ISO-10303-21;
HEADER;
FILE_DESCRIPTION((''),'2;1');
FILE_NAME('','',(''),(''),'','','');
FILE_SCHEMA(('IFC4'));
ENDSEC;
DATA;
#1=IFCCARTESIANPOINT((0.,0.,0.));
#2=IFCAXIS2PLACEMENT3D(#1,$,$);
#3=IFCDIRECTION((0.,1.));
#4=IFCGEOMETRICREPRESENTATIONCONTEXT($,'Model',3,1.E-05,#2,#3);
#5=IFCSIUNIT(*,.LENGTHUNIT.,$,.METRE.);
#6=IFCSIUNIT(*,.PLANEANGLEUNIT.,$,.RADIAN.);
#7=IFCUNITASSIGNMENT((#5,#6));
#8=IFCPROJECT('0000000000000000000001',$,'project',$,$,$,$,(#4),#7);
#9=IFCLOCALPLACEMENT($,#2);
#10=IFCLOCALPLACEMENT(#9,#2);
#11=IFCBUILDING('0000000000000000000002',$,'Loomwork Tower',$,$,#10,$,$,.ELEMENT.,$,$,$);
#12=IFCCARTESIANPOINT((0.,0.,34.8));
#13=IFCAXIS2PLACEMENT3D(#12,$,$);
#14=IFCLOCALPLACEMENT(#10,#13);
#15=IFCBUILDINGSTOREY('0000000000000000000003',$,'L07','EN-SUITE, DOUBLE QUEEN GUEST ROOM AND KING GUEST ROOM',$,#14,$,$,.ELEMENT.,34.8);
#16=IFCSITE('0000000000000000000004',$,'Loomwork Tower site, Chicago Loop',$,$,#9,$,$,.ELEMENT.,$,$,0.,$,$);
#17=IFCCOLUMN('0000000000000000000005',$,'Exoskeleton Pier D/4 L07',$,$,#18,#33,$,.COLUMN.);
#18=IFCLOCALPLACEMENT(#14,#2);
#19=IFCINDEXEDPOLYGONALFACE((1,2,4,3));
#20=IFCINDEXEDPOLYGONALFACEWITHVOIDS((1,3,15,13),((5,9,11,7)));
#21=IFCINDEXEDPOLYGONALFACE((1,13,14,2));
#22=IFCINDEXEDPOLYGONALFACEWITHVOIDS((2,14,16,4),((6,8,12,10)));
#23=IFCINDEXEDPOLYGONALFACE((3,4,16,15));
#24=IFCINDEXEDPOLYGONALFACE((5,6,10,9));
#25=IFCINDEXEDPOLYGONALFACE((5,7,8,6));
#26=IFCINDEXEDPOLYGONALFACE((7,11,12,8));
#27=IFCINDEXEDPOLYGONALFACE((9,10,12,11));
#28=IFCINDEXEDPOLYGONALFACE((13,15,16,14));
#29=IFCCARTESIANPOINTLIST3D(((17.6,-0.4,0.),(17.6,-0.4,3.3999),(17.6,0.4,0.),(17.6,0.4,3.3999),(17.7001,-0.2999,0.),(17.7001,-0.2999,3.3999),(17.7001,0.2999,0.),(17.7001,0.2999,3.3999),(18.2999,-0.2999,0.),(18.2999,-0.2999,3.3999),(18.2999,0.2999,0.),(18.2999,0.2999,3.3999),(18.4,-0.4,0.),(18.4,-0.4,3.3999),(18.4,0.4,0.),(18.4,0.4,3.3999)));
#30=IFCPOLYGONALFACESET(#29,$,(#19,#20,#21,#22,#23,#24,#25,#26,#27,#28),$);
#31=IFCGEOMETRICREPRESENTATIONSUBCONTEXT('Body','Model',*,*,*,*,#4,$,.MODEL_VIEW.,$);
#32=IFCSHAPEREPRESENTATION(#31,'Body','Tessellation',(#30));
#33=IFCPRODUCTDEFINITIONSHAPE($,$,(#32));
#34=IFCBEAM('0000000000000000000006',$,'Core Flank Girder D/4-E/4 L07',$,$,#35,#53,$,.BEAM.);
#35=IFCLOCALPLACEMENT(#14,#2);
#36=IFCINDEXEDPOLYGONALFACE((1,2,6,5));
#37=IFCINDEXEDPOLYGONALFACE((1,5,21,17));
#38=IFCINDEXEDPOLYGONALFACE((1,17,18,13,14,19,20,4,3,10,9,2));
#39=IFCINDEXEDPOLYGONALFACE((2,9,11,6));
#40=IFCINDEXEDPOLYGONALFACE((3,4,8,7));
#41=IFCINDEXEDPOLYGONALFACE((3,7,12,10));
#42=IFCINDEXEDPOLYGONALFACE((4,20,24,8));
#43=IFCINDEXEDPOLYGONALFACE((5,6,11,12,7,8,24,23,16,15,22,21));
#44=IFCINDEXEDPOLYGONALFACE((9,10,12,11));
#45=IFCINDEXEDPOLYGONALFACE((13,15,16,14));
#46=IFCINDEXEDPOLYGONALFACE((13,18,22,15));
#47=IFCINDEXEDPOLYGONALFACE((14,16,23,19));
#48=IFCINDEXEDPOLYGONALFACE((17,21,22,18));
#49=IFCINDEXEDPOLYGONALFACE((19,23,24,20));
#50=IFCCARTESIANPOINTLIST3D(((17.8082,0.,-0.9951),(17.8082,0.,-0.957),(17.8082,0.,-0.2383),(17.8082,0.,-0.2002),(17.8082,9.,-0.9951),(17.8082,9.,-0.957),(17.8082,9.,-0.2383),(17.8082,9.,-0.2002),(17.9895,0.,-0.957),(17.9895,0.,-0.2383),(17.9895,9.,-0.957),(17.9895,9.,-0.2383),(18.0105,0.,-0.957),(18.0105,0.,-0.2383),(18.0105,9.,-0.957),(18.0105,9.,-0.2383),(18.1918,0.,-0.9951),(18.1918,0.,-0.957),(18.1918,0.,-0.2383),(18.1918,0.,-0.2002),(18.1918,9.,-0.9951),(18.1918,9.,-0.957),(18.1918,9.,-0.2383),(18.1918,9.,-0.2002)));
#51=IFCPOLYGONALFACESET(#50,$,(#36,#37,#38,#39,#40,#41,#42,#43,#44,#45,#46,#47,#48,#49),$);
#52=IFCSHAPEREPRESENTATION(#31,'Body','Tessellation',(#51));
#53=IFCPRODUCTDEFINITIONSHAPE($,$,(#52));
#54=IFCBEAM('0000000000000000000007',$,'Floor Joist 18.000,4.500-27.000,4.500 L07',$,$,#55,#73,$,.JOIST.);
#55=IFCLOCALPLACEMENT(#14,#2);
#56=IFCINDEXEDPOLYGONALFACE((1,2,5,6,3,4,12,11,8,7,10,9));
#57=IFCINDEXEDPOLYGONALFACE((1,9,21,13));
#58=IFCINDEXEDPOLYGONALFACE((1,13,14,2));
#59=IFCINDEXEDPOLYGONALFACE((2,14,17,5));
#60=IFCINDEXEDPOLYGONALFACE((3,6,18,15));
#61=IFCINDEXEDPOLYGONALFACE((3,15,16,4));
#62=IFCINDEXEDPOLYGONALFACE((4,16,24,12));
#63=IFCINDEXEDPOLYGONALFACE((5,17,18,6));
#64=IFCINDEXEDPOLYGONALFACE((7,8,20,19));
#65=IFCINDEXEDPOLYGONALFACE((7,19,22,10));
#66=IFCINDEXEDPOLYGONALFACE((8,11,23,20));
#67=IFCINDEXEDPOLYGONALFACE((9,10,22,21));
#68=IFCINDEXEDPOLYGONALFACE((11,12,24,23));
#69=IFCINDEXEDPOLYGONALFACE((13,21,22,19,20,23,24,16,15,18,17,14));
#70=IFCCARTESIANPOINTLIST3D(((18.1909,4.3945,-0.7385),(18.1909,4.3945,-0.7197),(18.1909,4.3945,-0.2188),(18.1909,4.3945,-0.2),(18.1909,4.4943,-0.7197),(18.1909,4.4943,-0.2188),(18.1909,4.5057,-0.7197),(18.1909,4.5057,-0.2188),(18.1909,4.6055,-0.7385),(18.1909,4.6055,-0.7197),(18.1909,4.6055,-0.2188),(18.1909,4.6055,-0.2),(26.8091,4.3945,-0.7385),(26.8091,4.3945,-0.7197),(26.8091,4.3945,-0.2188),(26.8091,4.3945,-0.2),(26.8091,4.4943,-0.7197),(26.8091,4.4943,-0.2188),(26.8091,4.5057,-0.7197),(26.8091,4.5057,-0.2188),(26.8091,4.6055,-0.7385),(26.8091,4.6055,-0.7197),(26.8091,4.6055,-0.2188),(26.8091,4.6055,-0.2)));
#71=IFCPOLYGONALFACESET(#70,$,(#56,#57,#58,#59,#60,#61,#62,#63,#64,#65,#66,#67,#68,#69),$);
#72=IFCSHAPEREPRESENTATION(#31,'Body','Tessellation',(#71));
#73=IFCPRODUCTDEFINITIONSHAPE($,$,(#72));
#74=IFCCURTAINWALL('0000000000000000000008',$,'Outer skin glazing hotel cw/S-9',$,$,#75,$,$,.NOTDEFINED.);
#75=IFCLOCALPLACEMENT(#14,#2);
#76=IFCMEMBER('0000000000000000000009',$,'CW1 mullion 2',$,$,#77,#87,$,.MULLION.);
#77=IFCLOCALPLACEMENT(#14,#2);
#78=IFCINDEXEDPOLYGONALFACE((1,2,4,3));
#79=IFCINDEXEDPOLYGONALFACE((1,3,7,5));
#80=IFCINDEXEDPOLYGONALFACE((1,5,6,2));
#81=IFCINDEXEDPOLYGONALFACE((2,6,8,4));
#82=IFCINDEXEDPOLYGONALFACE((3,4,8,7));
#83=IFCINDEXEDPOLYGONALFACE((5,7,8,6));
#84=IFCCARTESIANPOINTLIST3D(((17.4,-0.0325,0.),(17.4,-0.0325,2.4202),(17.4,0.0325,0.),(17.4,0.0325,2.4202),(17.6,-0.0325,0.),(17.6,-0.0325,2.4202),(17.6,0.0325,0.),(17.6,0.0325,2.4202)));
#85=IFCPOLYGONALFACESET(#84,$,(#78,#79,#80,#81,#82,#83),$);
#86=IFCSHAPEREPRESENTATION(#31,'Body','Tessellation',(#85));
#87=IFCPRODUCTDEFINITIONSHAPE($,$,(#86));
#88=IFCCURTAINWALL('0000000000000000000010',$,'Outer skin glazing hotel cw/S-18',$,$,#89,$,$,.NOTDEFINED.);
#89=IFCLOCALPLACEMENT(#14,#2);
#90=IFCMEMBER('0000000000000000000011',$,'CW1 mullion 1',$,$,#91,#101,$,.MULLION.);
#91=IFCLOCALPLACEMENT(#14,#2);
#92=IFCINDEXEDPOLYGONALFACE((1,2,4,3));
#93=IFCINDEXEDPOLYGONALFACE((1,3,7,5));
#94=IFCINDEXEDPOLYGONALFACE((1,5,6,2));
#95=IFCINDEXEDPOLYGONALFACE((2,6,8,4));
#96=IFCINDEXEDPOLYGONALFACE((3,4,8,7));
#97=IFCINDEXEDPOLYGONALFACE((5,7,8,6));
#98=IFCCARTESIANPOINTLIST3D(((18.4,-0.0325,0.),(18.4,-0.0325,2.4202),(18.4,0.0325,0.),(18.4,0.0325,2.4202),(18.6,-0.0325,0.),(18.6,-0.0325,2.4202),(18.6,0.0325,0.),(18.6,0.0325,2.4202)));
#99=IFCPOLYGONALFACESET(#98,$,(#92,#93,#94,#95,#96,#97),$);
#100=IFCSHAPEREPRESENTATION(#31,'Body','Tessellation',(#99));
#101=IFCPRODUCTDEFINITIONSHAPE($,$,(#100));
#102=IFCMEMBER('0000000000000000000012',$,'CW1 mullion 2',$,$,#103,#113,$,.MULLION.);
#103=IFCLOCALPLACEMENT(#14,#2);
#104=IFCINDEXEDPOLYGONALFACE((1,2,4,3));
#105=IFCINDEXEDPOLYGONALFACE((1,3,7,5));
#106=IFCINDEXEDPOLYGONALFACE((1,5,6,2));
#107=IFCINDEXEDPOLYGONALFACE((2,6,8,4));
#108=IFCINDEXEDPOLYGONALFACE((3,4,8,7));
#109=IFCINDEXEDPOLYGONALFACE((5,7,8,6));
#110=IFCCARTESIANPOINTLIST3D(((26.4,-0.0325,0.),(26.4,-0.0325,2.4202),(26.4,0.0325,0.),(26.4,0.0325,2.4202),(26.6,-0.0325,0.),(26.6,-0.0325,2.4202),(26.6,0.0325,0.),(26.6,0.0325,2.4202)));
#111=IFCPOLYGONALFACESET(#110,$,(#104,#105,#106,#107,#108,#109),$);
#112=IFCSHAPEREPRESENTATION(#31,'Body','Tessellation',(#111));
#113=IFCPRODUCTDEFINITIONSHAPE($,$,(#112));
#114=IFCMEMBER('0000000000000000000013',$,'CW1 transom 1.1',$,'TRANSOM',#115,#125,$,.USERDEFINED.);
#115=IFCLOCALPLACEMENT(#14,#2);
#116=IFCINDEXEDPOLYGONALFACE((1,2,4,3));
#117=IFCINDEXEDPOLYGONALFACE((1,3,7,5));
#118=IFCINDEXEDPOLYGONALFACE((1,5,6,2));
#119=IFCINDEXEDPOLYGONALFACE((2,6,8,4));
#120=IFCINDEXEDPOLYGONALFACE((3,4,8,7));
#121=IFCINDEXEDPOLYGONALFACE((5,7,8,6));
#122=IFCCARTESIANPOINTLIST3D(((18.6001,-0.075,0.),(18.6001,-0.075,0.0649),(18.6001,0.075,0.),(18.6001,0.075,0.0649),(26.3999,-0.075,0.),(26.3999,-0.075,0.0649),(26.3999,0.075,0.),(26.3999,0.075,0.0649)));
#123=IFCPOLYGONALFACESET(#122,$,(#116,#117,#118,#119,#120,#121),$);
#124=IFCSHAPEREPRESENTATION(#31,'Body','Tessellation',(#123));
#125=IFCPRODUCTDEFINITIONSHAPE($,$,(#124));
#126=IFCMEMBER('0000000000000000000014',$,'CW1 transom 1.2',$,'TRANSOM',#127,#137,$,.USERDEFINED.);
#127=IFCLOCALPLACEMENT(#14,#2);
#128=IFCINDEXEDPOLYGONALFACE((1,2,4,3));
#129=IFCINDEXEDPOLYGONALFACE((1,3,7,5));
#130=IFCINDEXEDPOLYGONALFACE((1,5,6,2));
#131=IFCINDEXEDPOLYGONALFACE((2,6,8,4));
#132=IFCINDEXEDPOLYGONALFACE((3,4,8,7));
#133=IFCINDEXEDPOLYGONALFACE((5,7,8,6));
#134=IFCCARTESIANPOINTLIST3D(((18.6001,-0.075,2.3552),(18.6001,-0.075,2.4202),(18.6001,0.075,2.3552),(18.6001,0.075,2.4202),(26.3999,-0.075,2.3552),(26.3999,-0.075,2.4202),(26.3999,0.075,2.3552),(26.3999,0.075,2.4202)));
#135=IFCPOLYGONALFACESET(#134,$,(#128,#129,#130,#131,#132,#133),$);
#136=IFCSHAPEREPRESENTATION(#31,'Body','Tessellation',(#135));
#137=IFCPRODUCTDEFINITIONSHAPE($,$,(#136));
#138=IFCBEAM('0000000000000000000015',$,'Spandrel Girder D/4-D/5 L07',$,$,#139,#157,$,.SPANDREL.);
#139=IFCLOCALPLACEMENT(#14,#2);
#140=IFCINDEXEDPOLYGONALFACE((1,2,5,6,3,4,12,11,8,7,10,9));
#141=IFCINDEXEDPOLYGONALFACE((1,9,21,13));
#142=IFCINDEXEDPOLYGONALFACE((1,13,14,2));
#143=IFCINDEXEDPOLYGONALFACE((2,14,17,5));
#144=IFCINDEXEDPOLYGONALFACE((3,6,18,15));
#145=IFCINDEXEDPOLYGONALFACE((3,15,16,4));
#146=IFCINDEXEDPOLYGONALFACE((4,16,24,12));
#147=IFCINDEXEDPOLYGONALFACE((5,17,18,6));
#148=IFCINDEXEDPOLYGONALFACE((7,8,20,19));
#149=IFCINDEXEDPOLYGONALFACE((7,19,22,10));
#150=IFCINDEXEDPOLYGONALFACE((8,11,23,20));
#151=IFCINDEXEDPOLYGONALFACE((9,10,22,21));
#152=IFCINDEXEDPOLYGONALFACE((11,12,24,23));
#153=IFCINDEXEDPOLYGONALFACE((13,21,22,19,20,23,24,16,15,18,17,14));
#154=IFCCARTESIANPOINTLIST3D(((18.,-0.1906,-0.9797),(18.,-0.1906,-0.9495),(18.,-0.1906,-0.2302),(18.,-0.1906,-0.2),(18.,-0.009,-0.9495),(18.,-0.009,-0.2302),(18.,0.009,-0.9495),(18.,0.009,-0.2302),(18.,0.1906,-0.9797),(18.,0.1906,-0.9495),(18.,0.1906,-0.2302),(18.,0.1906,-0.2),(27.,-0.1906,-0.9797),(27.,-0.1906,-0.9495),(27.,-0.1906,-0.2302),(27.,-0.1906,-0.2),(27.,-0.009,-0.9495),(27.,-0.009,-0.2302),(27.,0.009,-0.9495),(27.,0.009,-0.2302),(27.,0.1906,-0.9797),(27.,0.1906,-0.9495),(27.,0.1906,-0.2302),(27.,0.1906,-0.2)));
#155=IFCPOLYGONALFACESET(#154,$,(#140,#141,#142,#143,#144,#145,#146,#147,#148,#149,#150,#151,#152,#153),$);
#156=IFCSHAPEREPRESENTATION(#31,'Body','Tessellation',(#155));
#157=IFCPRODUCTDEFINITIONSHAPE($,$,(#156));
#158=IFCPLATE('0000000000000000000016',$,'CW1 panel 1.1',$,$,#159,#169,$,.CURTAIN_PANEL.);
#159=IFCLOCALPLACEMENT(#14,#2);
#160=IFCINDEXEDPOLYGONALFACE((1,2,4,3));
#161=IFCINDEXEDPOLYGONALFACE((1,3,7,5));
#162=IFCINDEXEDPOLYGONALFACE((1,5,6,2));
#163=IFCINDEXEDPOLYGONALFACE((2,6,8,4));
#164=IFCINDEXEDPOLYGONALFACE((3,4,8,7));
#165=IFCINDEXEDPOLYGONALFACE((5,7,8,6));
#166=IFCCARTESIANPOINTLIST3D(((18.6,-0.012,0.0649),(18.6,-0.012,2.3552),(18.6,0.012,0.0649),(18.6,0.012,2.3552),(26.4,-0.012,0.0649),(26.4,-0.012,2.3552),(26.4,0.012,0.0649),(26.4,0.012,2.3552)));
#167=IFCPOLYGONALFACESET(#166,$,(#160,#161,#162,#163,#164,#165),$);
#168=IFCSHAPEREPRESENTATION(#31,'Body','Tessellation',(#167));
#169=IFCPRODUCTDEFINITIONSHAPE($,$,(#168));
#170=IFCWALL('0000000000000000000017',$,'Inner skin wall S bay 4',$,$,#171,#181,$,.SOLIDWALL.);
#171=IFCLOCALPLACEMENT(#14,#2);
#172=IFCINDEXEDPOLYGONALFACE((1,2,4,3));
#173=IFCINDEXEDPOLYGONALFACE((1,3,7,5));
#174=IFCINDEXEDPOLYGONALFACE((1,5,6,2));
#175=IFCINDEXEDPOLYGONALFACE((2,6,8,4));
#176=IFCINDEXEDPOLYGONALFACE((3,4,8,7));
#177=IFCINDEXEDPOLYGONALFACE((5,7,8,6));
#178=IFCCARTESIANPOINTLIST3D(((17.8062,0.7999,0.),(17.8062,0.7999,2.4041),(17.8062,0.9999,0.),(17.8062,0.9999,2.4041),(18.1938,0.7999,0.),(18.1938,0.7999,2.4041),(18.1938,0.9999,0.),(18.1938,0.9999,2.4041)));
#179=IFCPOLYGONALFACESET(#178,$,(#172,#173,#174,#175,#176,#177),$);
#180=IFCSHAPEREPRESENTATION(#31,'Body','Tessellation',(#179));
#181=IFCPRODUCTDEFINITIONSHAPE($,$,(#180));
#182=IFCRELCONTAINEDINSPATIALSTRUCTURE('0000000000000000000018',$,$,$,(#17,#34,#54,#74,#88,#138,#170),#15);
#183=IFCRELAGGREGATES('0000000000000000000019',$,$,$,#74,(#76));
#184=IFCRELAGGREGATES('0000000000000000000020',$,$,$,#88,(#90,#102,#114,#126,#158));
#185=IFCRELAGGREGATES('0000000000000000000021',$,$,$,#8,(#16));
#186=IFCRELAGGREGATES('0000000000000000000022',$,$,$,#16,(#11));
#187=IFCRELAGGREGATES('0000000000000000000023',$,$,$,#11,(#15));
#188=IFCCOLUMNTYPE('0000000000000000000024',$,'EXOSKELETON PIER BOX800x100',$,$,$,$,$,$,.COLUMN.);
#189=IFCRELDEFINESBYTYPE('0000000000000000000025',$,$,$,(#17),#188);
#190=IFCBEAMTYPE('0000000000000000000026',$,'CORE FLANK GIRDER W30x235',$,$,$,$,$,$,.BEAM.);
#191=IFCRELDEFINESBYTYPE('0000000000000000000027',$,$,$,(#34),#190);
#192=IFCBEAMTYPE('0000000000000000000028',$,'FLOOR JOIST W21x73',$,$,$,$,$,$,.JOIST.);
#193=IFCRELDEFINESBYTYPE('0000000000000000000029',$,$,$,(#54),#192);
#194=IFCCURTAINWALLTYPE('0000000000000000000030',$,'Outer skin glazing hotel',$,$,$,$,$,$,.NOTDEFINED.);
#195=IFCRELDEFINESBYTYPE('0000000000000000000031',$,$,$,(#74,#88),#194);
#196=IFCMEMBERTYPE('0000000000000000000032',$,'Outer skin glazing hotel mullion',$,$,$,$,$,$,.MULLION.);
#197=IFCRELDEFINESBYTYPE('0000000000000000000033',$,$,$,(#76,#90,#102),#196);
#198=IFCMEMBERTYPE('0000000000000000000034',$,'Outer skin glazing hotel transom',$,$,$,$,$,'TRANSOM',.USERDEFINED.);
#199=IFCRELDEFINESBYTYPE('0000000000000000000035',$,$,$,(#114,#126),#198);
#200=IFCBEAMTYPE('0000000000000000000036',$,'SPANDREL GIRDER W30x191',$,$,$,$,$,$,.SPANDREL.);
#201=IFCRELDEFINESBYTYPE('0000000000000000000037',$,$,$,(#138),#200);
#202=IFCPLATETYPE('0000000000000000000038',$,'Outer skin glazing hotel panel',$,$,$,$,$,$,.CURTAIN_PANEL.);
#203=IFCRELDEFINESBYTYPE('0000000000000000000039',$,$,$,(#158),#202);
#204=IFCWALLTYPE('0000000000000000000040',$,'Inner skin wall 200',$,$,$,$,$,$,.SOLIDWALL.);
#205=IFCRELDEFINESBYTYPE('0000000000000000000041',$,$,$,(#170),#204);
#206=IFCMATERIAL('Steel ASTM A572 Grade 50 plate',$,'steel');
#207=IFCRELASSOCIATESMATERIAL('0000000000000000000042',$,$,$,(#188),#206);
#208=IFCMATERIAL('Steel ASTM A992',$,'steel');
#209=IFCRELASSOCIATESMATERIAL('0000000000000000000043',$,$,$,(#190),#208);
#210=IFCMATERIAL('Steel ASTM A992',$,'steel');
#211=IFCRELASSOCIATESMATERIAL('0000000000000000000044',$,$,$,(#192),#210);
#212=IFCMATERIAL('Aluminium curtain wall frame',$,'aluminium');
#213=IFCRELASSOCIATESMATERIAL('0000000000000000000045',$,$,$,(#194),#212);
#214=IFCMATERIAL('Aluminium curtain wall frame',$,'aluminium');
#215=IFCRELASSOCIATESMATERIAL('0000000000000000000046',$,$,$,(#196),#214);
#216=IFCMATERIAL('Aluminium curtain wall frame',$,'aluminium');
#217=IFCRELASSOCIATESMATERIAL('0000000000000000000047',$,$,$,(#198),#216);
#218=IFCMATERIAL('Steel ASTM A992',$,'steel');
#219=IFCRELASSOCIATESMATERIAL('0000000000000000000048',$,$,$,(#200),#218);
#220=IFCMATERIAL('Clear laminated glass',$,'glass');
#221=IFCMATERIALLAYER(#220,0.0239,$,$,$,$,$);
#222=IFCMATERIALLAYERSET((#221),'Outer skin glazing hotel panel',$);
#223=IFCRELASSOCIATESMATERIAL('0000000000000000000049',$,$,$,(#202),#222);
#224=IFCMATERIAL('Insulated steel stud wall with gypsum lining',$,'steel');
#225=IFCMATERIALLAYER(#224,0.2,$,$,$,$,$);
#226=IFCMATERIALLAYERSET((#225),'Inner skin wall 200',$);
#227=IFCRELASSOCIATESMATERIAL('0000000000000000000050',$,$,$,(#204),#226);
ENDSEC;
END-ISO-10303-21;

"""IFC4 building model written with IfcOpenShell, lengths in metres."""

from ifc_helpers import new_model, si_unit, direction, frame, frame_2d, origin, origin_2d, place, context, subcontext, project, spatial, rectangle, hollow_rectangle, i_section, extrude, material, layer, layer_set, material_profile, profile_set, type_object, element, aggregate, save


model = new_model("IFC4")

# Units and contexts
model_context = context("Model", 3, precision=1e-05, world=origin(), true_north=direction((0.0, 1.0)))
body_context = subcontext(model_context, "Body", "Model", "MODEL_VIEW")
ifc_project = project(units=[si_unit("LENGTHUNIT", "METRE"), si_unit("PLANEANGLEUNIT", "RADIAN")], contexts=[model_context])

# Site, building, storey
site_placement = place(None, origin())
site = spatial("IfcSite", under=ifc_project, at=site_placement, Name="Loomwork Tower site, Chicago Loop", CompositionType="ELEMENT", RefElevation=0.0)
building_placement = place(site_placement, origin())
building = spatial("IfcBuilding", under=site, at=building_placement, Name="Loomwork Tower", CompositionType="ELEMENT")
storey_placement = place(building_placement, frame((0.0, 0.0, 34.8)))
storey = spatial("IfcBuildingStorey", under=building, at=storey_placement, Name="L07", Description="EN-SUITE, DOUBLE QUEEN GUEST ROOM AND KING GUEST ROOM", CompositionType="ELEMENT", Elevation=34.8)

# Column
ifc_material_1 = material(Name="Steel ASTM A572 Grade 50 plate", Category="steel")
ifc_material_profile_1 = material_profile(ifc_material_1, hollow_rectangle(XDim=0.8, YDim=0.8, WallThickness=0.1001, at=origin_2d()), Name="BOX800x100")
ifc_profile_set_1 = profile_set([ifc_material_profile_1], Name="Steel ASTM A572 Grade 50 plate")
column_type = type_object("IfcColumnType", Name="EXOSKELETON PIER BOX800x100", PredefinedType="COLUMN", material=ifc_profile_set_1)
column_placement = place(storey_placement, frame((18.0, 0.0, 0.0), z_axis=(0.0, 0.0, 1.0), x_axis=(1.0, 0.0, 0.0)))
element("IfcColumn", 1, at=column_placement, inside=storey, type_object=column_type, Name="Exoskeleton Pier D/4 L07", PredefinedType="COLUMN", context=body_context, shape_type="SweptSolid", body=[
    extrude(hollow_rectangle(XDim=0.8, YDim=0.8, WallThickness=0.1001, at=origin_2d()), origin(), (0.0, 0.0, 1.0), 3.3999),
])

# Beams
ifc_material_2 = material(Name="Steel ASTM A992", Category="steel")
ifc_material_profile_2 = material_profile(ifc_material_2, i_section(OverallWidth=0.3835, OverallDepth=0.7949, WebThickness=0.021, FlangeThickness=0.0381, at=origin_2d()), Name="W30x235")
ifc_profile_set_2 = profile_set([ifc_material_profile_2], Name="Steel ASTM A992")
beam_type_1 = type_object("IfcBeamType", Name="CORE FLANK GIRDER W30x235", PredefinedType="BEAM", material=ifc_profile_set_2)
beam_1_placement = place(storey_placement, frame((18.0, 0.0, -0.5977), z_axis=(0.0, 1.0, 0.0), x_axis=(-1.0, 0.0, 0.0)))
element("IfcBeam", 2, at=beam_1_placement, inside=storey, type_object=beam_type_1, Name="Core Flank Girder D/4-E/4 L07", PredefinedType="BEAM", context=body_context, shape_type="SweptSolid", body=[
    extrude(i_section(OverallWidth=0.3835, OverallDepth=0.7949, WebThickness=0.021, FlangeThickness=0.0381, at=origin_2d()), origin(), (0.0, 0.0, 1.0), 9.0),
])
ifc_material_3 = material(Name="Steel ASTM A992", Category="steel")
ifc_material_profile_3 = material_profile(ifc_material_3, i_section(OverallWidth=0.2109, OverallDepth=0.5386, WebThickness=0.0115, FlangeThickness=0.0188, at=origin_2d()), Name="W21x73")
ifc_profile_set_3 = profile_set([ifc_material_profile_3], Name="Steel ASTM A992")
beam_type_2 = type_object("IfcBeamType", Name="FLOOR JOIST W21x73", PredefinedType="JOIST", material=ifc_profile_set_3)
beam_2_placement = place(storey_placement, frame((18.1909, 4.5, -0.4692), z_axis=(1.0, 0.0, 0.0), x_axis=(0.0, 1.0, 0.0)))
element("IfcBeam", 3, at=beam_2_placement, inside=storey, type_object=beam_type_2, Name="Floor Joist 18.000,4.500-27.000,4.500 L07", PredefinedType="JOIST", context=body_context, shape_type="SweptSolid", body=[
    extrude(i_section(OverallWidth=0.2109, OverallDepth=0.5386, WebThickness=0.0115, FlangeThickness=0.0188, at=origin_2d()), origin(), (0.0, 0.0, 1.0), 8.6182),
])

# Curtain wall, member
ifc_material_4 = material(Name="Aluminium curtain wall frame", Category="aluminium")
curtain_wall_type = type_object("IfcCurtainWallType", Name="Outer skin glazing hotel", PredefinedType="NOTDEFINED", material=ifc_material_4)
curtain_wall_1_placement = place(storey_placement, origin())
curtain_wall_1 = element("IfcCurtainWall", 4, at=curtain_wall_1_placement, inside=storey, type_object=curtain_wall_type, Name="Outer skin glazing hotel cw/S-9", PredefinedType="NOTDEFINED")
ifc_material_5 = material(Name="Aluminium curtain wall frame", Category="aluminium")
ifc_material_profile_4 = material_profile(ifc_material_5, rectangle(XDim=0.0649, YDim=0.2, at=origin_2d()), Name="AL 65x200")
ifc_profile_set_4 = profile_set([ifc_material_profile_4], Name="Aluminium curtain wall frame")
member_type_1 = type_object("IfcMemberType", Name="Outer skin glazing hotel mullion", PredefinedType="MULLION", material=ifc_profile_set_4)
member_1_placement = place(storey_placement, frame((17.5, 0.0, 0.0), z_axis=(0.0, 0.0, 1.0), x_axis=(0.0, 1.0, 0.0)))
member_1 = element("IfcMember", 5, at=member_1_placement, type_object=member_type_1, Name="CW1 mullion 2", PredefinedType="MULLION", context=body_context, shape_type="SweptSolid", body=[
    extrude(rectangle(XDim=0.0649, YDim=0.2, at=origin_2d()), origin(), (0.0, 0.0, 1.0), 2.4202),
])
aggregate(curtain_wall_1, [member_1])

# Curtain wall, members
curtain_wall_2_placement = place(storey_placement, origin())
curtain_wall_2 = element("IfcCurtainWall", 6, at=curtain_wall_2_placement, inside=storey, type_object=curtain_wall_type, Name="Outer skin glazing hotel cw/S-18", PredefinedType="NOTDEFINED")
member_2_placement = place(storey_placement, frame((18.5, 0.0, 0.0), z_axis=(0.0, 0.0, 1.0), x_axis=(0.0, 1.0, 0.0)))
member_2 = element("IfcMember", 7, at=member_2_placement, type_object=member_type_1, Name="CW1 mullion 1", PredefinedType="MULLION", context=body_context, shape_type="SweptSolid", body=[
    extrude(rectangle(XDim=0.0649, YDim=0.2, at=origin_2d()), origin(), (0.0, 0.0, 1.0), 2.4202),
])
member_3_placement = place(storey_placement, frame((26.5, 0.0, 0.0), z_axis=(0.0, 0.0, 1.0), x_axis=(0.0, 1.0, 0.0)))
member_3 = element("IfcMember", 8, at=member_3_placement, type_object=member_type_1, Name="CW1 mullion 2", PredefinedType="MULLION", context=body_context, shape_type="SweptSolid", body=[
    extrude(rectangle(XDim=0.0649, YDim=0.2, at=origin_2d()), origin(), (0.0, 0.0, 1.0), 2.4202),
])
ifc_material_6 = material(Name="Aluminium curtain wall frame", Category="aluminium")
ifc_material_profile_5 = material_profile(ifc_material_6, rectangle(XDim=0.1499, YDim=0.0649, at=origin_2d()), Name="AL 65x150")
ifc_profile_set_5 = profile_set([ifc_material_profile_5], Name="Aluminium curtain wall frame")
member_type_2 = type_object("IfcMemberType", Name="Outer skin glazing hotel transom", ElementType="TRANSOM", PredefinedType="USERDEFINED", material=ifc_profile_set_5)
member_4_placement = place(storey_placement, frame((18.6001, 0.0, 0.0325), z_axis=(1.0, 0.0, 0.0), x_axis=(0.0, 1.0, 0.0)))
member_4 = element("IfcMember", 9, at=member_4_placement, type_object=member_type_2, Name="CW1 transom 1.1", ObjectType="TRANSOM", PredefinedType="USERDEFINED", context=body_context, shape_type="SweptSolid", body=[
    extrude(rectangle(XDim=0.1499, YDim=0.0649, at=origin_2d()), origin(), (0.0, 0.0, 1.0), 7.7998),
])
member_5_placement = place(storey_placement, frame((18.6001, 0.0, 2.3877), z_axis=(1.0, 0.0, 0.0), x_axis=(0.0, 1.0, 0.0)))
member_5 = element("IfcMember", 10, at=member_5_placement, type_object=member_type_2, Name="CW1 transom 1.2", ObjectType="TRANSOM", PredefinedType="USERDEFINED", context=body_context, shape_type="SweptSolid", body=[
    extrude(rectangle(XDim=0.1499, YDim=0.0649, at=origin_2d()), origin(), (0.0, 0.0, 1.0), 7.7998),
])

# Beam
ifc_material_7 = material(Name="Steel ASTM A992", Category="steel")
ifc_material_profile_6 = material_profile(ifc_material_7, i_section(OverallWidth=0.3811, OverallDepth=0.7798, WebThickness=0.0181, FlangeThickness=0.0303, at=origin_2d()), Name="W30x191")
ifc_profile_set_6 = profile_set([ifc_material_profile_6], Name="Steel ASTM A992")
beam_type_3 = type_object("IfcBeamType", Name="SPANDREL GIRDER W30x191", PredefinedType="SPANDREL", material=ifc_profile_set_6)
beam_3_placement = place(storey_placement, frame((18.0, 0.0, -0.5898), z_axis=(1.0, 0.0, 0.0), x_axis=(0.0, 1.0, 0.0)))
element("IfcBeam", 11, at=beam_3_placement, inside=storey, type_object=beam_type_3, Name="Spandrel Girder D/4-D/5 L07", PredefinedType="SPANDREL", context=body_context, shape_type="SweptSolid", body=[
    extrude(i_section(OverallWidth=0.3811, OverallDepth=0.7798, WebThickness=0.0181, FlangeThickness=0.0303, at=origin_2d()), origin(), (0.0, 0.0, 1.0), 9.0),
])

# Plate
ifc_material_8 = material(Name="Clear laminated glass", Category="glass")
ifc_layer_1 = layer(ifc_material_8, 0.0239)
ifc_layer_set_1 = layer_set([ifc_layer_1], Name="Outer skin glazing hotel panel")
plate_type = type_object("IfcPlateType", Name="Outer skin glazing hotel panel", PredefinedType="CURTAIN_PANEL", material=ifc_layer_set_1)
plate_placement = place(storey_placement, frame((22.5, 0.0, 0.0649), z_axis=(0.0, 0.0, 1.0), x_axis=(1.0, 0.0, 0.0)))
plate = element("IfcPlate", 12, at=plate_placement, type_object=plate_type, Name="CW1 panel 1.1", PredefinedType="CURTAIN_PANEL", context=body_context, shape_type="SweptSolid", body=[
    extrude(rectangle(XDim=7.8, YDim=0.0239, at=origin_2d()), origin(), (0.0, 0.0, 1.0), 2.2903),
])
aggregate(curtain_wall_2, [member_2, member_3, member_4, member_5, plate])

# Wall
ifc_material_9 = material(Name="Insulated steel stud wall with gypsum lining", Category="steel")
ifc_layer_2 = layer(ifc_material_9, 0.2)
ifc_layer_set_2 = layer_set([ifc_layer_2], Name="Inner skin wall 200")
wall_type = type_object("IfcWallType", Name="Inner skin wall 200", PredefinedType="SOLIDWALL", material=ifc_layer_set_2)
wall_1_placement = place(storey_placement, frame((17.8062, 0.8999, 0.0), z_axis=(0.0, 0.0, 1.0), x_axis=(1.0, 0.0, 0.0)))
element("IfcWall", 13, at=wall_1_placement, inside=storey, type_object=wall_type, Name="Inner skin wall S bay 4", PredefinedType="SOLIDWALL", context=body_context, shape_type="SweptSolid", body=[
    extrude(rectangle(XDim=0.3877, YDim=0.2, at=frame_2d((0.1938, 0.0))), origin(), (0.0, 0.0, 1.0), 2.4041),
])

save(model, "model.ifc")
